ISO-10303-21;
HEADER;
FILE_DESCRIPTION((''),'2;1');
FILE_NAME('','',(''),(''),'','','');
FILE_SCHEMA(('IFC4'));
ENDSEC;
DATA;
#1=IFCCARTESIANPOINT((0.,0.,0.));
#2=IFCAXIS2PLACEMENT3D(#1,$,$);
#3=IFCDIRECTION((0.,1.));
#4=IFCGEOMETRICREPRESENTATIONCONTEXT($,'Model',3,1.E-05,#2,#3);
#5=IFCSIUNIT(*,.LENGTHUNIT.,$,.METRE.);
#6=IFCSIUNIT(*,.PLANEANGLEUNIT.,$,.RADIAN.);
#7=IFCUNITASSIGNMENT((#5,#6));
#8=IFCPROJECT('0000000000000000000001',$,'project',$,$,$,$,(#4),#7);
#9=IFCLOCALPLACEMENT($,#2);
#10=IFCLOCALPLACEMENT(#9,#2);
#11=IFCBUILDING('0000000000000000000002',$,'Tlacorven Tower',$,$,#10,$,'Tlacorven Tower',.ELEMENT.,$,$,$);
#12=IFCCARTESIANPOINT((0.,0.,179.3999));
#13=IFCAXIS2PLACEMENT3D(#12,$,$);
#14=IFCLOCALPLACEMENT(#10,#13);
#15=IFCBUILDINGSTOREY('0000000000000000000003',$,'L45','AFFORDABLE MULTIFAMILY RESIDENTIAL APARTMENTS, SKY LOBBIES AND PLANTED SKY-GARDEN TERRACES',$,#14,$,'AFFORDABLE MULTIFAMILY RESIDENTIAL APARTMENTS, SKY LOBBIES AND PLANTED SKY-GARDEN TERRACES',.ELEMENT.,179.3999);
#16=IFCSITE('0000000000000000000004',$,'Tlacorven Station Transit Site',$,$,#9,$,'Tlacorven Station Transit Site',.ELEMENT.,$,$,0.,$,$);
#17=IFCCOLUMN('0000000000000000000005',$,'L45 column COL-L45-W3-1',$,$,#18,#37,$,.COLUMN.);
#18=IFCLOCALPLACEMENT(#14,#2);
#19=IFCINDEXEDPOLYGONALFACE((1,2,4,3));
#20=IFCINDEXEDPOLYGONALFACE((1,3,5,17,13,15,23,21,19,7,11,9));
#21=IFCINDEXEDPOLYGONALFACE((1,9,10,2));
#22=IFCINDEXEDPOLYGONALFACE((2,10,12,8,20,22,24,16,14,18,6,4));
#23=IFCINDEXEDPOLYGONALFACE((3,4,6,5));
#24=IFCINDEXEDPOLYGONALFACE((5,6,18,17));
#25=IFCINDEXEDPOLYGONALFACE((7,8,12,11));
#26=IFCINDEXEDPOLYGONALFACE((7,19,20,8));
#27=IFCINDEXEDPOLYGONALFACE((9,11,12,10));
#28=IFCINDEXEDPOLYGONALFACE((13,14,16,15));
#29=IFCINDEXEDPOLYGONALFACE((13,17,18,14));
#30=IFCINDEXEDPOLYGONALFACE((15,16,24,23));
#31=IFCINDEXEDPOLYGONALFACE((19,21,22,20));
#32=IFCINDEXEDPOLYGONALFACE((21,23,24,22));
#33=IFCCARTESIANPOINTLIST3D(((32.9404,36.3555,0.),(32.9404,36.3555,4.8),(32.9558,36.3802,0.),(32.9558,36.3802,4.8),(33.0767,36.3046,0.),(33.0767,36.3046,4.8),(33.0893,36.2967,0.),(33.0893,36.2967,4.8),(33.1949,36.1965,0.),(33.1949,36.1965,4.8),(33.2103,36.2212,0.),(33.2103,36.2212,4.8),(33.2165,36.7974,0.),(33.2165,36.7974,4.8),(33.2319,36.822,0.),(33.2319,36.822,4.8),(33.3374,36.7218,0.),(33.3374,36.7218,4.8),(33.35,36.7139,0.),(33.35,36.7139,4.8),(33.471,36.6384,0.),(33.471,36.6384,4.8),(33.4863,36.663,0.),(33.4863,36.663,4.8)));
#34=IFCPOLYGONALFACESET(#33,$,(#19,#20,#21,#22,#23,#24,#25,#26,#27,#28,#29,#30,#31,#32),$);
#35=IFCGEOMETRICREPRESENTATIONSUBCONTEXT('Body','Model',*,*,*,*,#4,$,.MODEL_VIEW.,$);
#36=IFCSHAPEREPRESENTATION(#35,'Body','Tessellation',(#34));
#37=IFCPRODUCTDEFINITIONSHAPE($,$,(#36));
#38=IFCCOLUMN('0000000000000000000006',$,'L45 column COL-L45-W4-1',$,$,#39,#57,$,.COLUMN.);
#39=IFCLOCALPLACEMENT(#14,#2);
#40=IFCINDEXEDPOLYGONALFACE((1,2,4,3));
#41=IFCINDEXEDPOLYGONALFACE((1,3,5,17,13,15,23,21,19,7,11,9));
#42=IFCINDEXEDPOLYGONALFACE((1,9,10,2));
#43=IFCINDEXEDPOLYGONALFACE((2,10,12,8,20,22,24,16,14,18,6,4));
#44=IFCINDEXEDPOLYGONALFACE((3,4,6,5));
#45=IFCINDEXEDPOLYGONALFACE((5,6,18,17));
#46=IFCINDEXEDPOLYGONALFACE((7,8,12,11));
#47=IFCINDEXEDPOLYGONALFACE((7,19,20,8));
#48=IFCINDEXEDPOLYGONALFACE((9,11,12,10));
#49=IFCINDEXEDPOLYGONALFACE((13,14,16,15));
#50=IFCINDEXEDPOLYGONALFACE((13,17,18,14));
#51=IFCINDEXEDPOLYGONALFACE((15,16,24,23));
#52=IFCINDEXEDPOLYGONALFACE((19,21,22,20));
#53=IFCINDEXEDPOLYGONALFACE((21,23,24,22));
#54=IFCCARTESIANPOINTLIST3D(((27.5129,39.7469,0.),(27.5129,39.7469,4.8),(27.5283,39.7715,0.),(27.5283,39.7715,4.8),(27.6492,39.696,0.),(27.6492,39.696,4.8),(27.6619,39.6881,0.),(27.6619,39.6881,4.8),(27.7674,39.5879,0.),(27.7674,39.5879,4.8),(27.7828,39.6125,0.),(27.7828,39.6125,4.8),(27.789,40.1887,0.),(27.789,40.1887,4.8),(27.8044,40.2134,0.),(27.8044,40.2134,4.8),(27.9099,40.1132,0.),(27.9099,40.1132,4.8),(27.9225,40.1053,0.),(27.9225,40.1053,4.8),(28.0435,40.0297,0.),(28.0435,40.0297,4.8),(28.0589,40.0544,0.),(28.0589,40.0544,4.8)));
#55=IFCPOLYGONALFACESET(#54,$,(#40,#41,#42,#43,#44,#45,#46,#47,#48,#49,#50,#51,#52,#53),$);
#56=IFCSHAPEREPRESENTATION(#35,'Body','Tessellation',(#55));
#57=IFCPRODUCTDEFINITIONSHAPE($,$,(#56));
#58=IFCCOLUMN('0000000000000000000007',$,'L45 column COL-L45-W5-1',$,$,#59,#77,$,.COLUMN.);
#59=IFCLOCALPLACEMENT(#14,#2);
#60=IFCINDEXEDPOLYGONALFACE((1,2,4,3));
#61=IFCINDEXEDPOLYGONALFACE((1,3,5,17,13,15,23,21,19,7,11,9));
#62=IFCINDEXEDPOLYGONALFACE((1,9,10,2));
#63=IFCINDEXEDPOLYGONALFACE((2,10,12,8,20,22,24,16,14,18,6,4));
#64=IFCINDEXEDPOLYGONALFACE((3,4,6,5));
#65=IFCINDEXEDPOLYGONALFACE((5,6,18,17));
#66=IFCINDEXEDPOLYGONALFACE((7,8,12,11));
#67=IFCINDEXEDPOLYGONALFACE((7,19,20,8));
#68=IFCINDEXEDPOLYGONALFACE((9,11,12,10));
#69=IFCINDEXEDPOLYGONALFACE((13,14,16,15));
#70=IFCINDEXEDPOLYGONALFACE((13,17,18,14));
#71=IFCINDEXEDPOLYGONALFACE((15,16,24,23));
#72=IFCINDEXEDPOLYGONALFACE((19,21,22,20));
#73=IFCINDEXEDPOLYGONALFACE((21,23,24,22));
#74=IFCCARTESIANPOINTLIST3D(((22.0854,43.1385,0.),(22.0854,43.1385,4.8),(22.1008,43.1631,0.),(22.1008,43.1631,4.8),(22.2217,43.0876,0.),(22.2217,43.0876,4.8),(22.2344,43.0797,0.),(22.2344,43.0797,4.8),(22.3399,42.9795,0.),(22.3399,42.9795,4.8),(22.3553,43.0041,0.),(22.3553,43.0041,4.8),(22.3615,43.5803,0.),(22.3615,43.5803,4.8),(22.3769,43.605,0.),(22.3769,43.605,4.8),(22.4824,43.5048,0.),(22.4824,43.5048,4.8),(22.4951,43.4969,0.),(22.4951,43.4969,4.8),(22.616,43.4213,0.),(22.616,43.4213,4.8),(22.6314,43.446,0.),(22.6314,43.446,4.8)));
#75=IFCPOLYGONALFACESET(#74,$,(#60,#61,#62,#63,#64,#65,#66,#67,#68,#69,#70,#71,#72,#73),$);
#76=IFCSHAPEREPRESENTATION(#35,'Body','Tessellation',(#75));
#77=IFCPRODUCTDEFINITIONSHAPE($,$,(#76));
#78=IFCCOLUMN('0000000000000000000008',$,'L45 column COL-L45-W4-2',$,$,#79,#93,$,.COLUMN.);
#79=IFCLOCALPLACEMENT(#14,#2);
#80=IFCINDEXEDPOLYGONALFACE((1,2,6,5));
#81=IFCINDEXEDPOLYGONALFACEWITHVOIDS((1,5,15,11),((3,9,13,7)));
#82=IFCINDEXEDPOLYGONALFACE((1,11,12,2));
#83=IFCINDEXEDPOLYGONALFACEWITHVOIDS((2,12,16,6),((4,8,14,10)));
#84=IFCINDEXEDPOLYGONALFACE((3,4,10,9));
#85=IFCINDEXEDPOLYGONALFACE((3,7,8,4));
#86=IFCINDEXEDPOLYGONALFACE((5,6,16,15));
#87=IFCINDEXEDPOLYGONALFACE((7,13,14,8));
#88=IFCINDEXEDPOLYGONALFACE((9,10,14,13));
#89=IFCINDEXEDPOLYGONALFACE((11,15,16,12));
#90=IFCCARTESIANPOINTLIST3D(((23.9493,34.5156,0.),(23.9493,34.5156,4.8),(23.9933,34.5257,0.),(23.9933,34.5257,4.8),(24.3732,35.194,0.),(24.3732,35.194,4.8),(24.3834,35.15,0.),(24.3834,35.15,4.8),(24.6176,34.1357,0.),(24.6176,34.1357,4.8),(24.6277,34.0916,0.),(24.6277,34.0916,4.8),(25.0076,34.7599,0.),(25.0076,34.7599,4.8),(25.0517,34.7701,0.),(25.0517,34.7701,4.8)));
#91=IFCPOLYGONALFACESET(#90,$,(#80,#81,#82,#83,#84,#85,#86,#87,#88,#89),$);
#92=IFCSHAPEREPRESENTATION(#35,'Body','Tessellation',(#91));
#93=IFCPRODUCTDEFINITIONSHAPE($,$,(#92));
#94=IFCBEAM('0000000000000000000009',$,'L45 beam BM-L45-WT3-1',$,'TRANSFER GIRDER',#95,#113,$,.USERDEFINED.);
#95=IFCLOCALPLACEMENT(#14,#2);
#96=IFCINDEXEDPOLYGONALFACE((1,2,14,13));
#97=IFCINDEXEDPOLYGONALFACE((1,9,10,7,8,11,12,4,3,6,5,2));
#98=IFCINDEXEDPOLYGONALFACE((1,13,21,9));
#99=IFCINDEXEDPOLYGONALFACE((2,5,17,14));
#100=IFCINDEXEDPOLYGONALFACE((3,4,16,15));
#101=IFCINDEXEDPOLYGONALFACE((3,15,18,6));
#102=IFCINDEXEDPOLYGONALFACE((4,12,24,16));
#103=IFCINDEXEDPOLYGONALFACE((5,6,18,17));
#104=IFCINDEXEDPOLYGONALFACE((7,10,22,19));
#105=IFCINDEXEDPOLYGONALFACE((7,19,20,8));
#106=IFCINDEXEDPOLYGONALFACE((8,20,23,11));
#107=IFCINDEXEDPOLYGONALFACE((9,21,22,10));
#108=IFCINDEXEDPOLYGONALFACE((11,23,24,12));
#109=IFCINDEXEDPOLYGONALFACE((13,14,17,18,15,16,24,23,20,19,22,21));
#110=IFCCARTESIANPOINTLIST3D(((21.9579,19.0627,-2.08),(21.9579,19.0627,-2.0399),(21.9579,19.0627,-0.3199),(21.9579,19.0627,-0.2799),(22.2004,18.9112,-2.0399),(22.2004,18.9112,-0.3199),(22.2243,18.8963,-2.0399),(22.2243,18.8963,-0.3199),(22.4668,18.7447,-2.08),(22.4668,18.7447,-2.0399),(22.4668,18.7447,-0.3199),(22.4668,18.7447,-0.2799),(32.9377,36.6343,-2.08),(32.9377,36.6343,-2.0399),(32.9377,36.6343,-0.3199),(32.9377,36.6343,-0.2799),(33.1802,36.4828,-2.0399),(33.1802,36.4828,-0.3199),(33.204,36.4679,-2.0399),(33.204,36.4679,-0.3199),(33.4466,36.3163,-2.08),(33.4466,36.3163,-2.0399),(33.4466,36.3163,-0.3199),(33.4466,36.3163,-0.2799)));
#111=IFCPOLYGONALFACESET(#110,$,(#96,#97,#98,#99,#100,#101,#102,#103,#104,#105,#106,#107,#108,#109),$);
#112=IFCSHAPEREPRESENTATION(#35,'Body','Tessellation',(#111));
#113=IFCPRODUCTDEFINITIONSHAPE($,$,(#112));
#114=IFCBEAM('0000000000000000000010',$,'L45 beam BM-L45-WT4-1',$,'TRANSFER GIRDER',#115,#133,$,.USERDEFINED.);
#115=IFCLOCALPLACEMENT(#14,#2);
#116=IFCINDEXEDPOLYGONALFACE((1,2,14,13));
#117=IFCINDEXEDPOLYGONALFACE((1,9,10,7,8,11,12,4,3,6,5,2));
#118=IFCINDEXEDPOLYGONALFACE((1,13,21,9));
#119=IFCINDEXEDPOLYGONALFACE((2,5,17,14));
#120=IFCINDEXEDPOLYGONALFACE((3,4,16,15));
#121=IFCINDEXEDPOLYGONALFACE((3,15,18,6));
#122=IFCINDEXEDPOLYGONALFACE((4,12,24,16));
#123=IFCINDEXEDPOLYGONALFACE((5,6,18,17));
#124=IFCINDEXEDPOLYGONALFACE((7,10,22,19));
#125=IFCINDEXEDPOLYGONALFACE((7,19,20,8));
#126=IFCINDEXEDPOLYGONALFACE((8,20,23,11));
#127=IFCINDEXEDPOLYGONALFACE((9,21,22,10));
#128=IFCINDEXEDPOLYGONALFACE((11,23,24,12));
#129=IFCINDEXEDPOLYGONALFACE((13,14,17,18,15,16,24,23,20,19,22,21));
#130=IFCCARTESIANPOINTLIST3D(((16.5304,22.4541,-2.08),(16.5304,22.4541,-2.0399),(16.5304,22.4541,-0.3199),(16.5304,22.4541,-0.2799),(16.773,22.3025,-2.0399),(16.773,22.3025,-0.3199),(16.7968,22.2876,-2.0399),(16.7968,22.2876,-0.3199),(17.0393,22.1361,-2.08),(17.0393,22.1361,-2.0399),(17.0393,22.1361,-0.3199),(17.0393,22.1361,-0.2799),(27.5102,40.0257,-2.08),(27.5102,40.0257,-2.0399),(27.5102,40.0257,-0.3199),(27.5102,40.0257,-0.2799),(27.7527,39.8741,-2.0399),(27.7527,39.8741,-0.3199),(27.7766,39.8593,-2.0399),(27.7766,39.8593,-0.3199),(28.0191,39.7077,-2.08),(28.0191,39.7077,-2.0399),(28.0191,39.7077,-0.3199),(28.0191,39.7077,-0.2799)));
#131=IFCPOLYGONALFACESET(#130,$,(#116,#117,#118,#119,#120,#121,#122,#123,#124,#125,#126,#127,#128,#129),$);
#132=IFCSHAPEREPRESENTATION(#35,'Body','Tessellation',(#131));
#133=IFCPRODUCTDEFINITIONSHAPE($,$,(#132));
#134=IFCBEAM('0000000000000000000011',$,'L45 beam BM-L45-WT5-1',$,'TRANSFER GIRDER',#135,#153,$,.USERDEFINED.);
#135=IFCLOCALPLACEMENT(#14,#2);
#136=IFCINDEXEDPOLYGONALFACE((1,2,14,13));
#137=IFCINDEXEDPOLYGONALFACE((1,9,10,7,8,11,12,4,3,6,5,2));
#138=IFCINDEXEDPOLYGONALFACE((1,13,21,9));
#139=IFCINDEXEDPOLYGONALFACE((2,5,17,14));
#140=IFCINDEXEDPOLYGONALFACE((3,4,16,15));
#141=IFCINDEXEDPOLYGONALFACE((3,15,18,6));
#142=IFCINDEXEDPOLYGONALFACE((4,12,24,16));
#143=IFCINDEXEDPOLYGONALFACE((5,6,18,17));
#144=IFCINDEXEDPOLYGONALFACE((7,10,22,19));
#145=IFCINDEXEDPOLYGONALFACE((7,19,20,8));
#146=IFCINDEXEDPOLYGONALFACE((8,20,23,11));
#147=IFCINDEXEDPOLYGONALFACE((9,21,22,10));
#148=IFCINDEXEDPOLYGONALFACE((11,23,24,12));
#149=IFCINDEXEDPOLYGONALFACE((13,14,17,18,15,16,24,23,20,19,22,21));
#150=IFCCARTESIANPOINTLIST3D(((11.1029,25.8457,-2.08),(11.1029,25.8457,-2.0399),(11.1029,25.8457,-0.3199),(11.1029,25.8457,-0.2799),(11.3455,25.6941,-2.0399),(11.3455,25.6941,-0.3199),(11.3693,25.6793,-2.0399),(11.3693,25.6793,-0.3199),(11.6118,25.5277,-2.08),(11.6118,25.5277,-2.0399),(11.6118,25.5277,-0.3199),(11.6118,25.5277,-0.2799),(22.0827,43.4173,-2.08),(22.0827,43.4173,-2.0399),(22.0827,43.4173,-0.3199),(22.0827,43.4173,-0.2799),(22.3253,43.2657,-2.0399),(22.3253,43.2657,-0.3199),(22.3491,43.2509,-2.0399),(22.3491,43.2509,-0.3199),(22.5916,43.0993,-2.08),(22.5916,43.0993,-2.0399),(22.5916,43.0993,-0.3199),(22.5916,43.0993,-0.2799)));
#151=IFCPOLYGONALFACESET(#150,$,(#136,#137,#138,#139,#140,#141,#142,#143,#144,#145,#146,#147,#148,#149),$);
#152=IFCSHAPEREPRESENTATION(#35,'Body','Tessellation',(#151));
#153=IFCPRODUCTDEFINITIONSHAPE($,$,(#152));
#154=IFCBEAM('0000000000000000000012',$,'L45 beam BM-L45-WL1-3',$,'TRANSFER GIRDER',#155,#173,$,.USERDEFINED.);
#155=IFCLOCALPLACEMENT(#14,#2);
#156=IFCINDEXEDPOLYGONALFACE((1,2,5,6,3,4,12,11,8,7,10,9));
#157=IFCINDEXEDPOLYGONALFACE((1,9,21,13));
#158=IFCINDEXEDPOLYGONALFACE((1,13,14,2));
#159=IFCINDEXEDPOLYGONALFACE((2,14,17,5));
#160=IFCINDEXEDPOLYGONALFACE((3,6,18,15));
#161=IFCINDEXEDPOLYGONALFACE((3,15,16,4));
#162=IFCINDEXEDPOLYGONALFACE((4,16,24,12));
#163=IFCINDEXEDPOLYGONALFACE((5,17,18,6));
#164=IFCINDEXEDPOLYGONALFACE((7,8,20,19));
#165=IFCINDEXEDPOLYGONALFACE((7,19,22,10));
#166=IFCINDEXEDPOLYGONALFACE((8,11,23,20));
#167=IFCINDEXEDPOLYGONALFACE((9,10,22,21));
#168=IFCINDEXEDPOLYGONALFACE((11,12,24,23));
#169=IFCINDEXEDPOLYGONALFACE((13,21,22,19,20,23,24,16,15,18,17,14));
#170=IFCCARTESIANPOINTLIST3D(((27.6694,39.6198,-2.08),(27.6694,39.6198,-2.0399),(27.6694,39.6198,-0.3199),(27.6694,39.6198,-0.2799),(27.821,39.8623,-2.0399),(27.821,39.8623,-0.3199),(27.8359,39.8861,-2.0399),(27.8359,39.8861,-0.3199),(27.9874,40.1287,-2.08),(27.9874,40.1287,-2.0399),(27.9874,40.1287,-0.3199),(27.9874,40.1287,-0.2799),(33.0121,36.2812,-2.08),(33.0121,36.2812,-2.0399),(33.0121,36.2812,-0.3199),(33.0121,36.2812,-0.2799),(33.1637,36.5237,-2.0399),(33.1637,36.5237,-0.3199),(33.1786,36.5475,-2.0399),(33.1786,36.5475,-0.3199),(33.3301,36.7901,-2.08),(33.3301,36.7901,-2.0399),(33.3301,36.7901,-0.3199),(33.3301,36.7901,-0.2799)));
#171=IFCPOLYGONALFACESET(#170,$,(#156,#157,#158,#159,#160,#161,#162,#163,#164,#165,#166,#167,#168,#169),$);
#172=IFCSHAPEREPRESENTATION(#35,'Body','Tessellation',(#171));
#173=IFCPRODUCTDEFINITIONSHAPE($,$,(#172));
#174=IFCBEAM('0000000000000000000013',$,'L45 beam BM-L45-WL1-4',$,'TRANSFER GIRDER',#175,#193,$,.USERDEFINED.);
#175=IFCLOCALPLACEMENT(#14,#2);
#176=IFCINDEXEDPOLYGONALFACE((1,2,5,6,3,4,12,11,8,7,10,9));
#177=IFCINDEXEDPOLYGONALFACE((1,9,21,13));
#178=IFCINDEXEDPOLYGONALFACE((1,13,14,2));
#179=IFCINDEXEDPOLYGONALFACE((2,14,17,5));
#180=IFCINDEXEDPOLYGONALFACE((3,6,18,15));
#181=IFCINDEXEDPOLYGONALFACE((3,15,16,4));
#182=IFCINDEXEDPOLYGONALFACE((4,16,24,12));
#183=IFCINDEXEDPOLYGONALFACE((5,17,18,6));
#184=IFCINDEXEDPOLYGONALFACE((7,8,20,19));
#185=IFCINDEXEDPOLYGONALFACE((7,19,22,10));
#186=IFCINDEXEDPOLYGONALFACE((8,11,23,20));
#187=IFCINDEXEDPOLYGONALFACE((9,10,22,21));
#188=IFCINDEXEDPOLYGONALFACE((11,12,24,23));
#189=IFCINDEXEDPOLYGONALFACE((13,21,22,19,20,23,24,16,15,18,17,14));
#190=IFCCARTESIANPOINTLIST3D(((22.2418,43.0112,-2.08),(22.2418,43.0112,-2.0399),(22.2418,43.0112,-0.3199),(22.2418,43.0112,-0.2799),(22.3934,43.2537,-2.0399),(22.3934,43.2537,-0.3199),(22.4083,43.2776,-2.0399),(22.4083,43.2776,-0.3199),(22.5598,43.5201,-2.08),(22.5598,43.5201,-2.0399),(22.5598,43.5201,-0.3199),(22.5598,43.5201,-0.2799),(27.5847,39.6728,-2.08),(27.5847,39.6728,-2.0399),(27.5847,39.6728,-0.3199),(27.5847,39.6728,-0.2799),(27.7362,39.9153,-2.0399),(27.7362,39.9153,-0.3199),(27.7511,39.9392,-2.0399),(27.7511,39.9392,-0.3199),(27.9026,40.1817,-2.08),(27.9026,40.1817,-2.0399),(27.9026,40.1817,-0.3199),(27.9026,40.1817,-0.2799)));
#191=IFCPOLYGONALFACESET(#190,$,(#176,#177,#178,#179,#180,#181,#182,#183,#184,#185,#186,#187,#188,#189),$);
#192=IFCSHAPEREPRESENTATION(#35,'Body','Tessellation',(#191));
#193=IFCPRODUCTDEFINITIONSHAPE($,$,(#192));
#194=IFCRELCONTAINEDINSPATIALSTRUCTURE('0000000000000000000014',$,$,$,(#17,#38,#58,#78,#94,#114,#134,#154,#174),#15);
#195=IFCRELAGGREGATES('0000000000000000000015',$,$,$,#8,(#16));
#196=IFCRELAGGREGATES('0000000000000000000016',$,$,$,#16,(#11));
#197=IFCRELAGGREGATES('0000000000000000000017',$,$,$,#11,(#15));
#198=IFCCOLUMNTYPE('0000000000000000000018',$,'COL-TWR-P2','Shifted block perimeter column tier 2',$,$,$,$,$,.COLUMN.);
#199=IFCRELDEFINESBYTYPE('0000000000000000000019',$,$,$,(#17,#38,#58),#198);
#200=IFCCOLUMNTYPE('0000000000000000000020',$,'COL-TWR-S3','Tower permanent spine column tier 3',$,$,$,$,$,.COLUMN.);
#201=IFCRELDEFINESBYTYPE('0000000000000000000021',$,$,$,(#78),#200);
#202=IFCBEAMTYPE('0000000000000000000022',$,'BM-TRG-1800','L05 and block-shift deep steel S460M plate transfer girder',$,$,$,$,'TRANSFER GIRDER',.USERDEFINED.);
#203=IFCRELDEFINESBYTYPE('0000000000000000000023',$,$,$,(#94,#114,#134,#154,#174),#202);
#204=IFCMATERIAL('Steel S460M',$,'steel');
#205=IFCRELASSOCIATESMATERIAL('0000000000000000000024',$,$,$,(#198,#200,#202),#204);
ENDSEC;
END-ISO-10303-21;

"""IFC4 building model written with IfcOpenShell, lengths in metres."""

from ifc_helpers import new_model, si_unit, direction, frame, origin, origin_2d, place, context, subcontext, project, spatial, hollow_rectangle, i_section, extrude, source, transform, mapped, material, material_profile, profile_set, type_object, element, save


model = new_model("IFC4")

# Units and contexts
model_context = context("Model", 3, precision=1e-05, world=origin(), true_north=direction((0.0, 1.0)))
body_context = subcontext(model_context, "Body", "Model", "MODEL_VIEW")
ifc_project = project(units=[si_unit("LENGTHUNIT", "METRE"), si_unit("PLANEANGLEUNIT", "RADIAN")], contexts=[model_context])

# Site, building, storey
site_placement = place(None, origin())
site = spatial("IfcSite", under=ifc_project, at=site_placement, Name="Tlacorven Station Transit Site", LongName="Tlacorven Station Transit Site", CompositionType="ELEMENT", RefElevation=0.0)
building_placement = place(site_placement, origin())
building = spatial("IfcBuilding", under=site, at=building_placement, Name="Tlacorven Tower", LongName="Tlacorven Tower", CompositionType="ELEMENT")
storey_placement = place(building_placement, frame((0.0, 0.0, 179.3999)))
storey = spatial("IfcBuildingStorey", under=building, at=storey_placement, Name="L45", Description="AFFORDABLE MULTIFAMILY RESIDENTIAL APARTMENTS, SKY LOBBIES AND PLANTED SKY-GARDEN TERRACES", LongName="AFFORDABLE MULTIFAMILY RESIDENTIAL APARTMENTS, SKY LOBBIES AND PLANTED SKY-GARDEN TERRACES", CompositionType="ELEMENT", Elevation=179.3999)

# Columns
ifc_material_1 = material(Name="Steel S460M", Category="steel")
ifc_material_profile_1 = material_profile(ifc_material_1, i_section(OverallWidth=0.3, OverallDepth=0.55, WebThickness=0.0149, FlangeThickness=0.0291, at=origin_2d()), Name="HEB 550")
ifc_profile_set_1 = profile_set([ifc_material_profile_1], Name="Steel S460M")
column_type_1 = type_object("IfcColumnType", Name="COL-TWR-P2", Description="Shifted block perimeter column tier 2", PredefinedType="COLUMN", material=ifc_profile_set_1)
shared_shape_1 = source(origin(), body_context, "Body", "SweptSolid", [
    extrude(i_section(OverallWidth=0.3, OverallDepth=0.55, WebThickness=0.0149, FlangeThickness=0.0291, at=origin_2d()), origin(), (0.0, 0.0, 1.0), 4.8),
])
for number, where, z_axis, x_axis, name in (
    (1, (33.2134, 36.5093, 0.0), (0.0, 0.0, 1.0), (-0.848048, 0.529919, 0.0), "L45 column COL-L45-W3-1"),
    (2, (27.7859, 39.9006, 0.0), (0.0, 0.0, 1.0), (-0.848048, 0.529919, 0.0), "L45 column COL-L45-W4-1"),
    (3, (22.3584, 43.2922, 0.0), (0.0, 0.0, 1.0), (-0.848048, 0.529919, 0.0), "L45 column COL-L45-W5-1"),
):
    element("IfcColumn", number, at=place(storey_placement, frame(where, z_axis=z_axis, x_axis=x_axis)), inside=storey, type_object=column_type_1, Name=name, PredefinedType="COLUMN", context=body_context, shape_type="MappedRepresentation", body=[
        mapped(shared_shape_1, transform((0.0, 0.0, 0.0), scale=1.0)),
    ])
ifc_material_profile_2 = material_profile(ifc_material_1, hollow_rectangle(XDim=0.8, YDim=0.8, WallThickness=0.032, at=origin_2d()), Name="BOX 800X800X32")
ifc_profile_set_2 = profile_set([ifc_material_profile_2], Name="Steel S460M")
column_type_2 = type_object("IfcColumnType", Name="COL-TWR-S3", Description="Tower permanent spine column tier 3", PredefinedType="COLUMN", material=ifc_profile_set_2)
shared_shape_2 = source(origin(), body_context, "Body", "SweptSolid", [
    extrude(hollow_rectangle(XDim=0.8, YDim=0.8, WallThickness=0.032, at=origin_2d()), origin(), (0.0, 0.0, 1.0), 4.8),
])
column_placement = place(storey_placement, frame((24.5005, 34.6428, 0.0), z_axis=(0.0, 0.0, 1.0), x_axis=(-0.848048, 0.529919, 0.0)))
element("IfcColumn", 4, at=column_placement, inside=storey, type_object=column_type_2, Name="L45 column COL-L45-W4-2", PredefinedType="COLUMN", context=body_context, shape_type="MappedRepresentation", body=[
    mapped(shared_shape_2, transform((0.0, 0.0, 0.0), scale=1.0)),
])

# Beams
ifc_material_profile_3 = material_profile(ifc_material_1, i_section(OverallWidth=0.6001, OverallDepth=1.8, WebThickness=0.0281, FlangeThickness=0.04, at=origin_2d()), Name="PG 1800X600X28X40")
ifc_profile_set_3 = profile_set([ifc_material_profile_3], Name="Steel S460M")
beam_type_1 = type_object("IfcBeamType", Name="BM-TRG-1800", Description="L05 and block-shift deep steel S460M plate transfer girder", ElementType="TRANSFER GIRDER", PredefinedType="USERDEFINED", material=ifc_profile_set_3)
shared_shape_3 = source(origin(), body_context, "Body", "SweptSolid", [
    extrude(i_section(OverallWidth=0.6001, OverallDepth=1.8, WebThickness=0.0281, FlangeThickness=0.04, at=origin_2d()), origin(), (0.0, 0.0, 1.0), 20.72),
])
for number, where, z_axis, x_axis, name in (
    (5, (33.1921, 36.4753, -1.1799), (-0.529913, -0.848052, 0.0), (0.848052, -0.529913, 0.0), "L45 beam BM-L45-WT3-1"),
    (6, (27.7646, 39.8667, -1.1799), (-0.529913, -0.848052, 0.0), (0.848052, -0.529913, 0.0), "L45 beam BM-L45-WT4-1"),
    (7, (22.3372, 43.2583, -1.1799), (-0.529913, -0.848052, 0.0), (0.848052, -0.529913, 0.0), "L45 beam BM-L45-WT5-1"),
):
    element("IfcBeam", number, at=place(storey_placement, frame(where, z_axis=z_axis, x_axis=x_axis)), inside=storey, type_object=beam_type_1, Name=name, ObjectType="TRANSFER GIRDER", PredefinedType="USERDEFINED", context=body_context, shape_type="MappedRepresentation", body=[
        mapped(shared_shape_3, transform((0.0, 0.0, 0.0), scale=1.0)),
    ])
shared_shape_4 = source(origin(), body_context, "Body", "SweptSolid", [
    extrude(i_section(OverallWidth=0.6001, OverallDepth=1.8, WebThickness=0.0281, FlangeThickness=0.04, at=origin_2d()), origin(), (0.0, 0.0, 1.0), 6.3),
])
for number, where, z_axis, x_axis, name in (
    (8, (33.1711, 36.5356, -1.1799), (-0.848042, 0.529929, 0.0), (-0.529929, -0.848042, 0.0), "L45 beam BM-L45-WL1-3"),
    (9, (27.7437, 39.9272, -1.1799), (-0.848059, 0.529901, 0.0), (-0.529901, -0.848059, 0.0), "L45 beam BM-L45-WL1-4"),
):
    element("IfcBeam", number, at=place(storey_placement, frame(where, z_axis=z_axis, x_axis=x_axis)), inside=storey, type_object=beam_type_1, Name=name, ObjectType="TRANSFER GIRDER", PredefinedType="USERDEFINED", context=body_context, shape_type="MappedRepresentation", body=[
        mapped(shared_shape_4, transform((0.0, 0.0, 0.0), scale=1.0)),
    ])

save(model, "model.ifc")
